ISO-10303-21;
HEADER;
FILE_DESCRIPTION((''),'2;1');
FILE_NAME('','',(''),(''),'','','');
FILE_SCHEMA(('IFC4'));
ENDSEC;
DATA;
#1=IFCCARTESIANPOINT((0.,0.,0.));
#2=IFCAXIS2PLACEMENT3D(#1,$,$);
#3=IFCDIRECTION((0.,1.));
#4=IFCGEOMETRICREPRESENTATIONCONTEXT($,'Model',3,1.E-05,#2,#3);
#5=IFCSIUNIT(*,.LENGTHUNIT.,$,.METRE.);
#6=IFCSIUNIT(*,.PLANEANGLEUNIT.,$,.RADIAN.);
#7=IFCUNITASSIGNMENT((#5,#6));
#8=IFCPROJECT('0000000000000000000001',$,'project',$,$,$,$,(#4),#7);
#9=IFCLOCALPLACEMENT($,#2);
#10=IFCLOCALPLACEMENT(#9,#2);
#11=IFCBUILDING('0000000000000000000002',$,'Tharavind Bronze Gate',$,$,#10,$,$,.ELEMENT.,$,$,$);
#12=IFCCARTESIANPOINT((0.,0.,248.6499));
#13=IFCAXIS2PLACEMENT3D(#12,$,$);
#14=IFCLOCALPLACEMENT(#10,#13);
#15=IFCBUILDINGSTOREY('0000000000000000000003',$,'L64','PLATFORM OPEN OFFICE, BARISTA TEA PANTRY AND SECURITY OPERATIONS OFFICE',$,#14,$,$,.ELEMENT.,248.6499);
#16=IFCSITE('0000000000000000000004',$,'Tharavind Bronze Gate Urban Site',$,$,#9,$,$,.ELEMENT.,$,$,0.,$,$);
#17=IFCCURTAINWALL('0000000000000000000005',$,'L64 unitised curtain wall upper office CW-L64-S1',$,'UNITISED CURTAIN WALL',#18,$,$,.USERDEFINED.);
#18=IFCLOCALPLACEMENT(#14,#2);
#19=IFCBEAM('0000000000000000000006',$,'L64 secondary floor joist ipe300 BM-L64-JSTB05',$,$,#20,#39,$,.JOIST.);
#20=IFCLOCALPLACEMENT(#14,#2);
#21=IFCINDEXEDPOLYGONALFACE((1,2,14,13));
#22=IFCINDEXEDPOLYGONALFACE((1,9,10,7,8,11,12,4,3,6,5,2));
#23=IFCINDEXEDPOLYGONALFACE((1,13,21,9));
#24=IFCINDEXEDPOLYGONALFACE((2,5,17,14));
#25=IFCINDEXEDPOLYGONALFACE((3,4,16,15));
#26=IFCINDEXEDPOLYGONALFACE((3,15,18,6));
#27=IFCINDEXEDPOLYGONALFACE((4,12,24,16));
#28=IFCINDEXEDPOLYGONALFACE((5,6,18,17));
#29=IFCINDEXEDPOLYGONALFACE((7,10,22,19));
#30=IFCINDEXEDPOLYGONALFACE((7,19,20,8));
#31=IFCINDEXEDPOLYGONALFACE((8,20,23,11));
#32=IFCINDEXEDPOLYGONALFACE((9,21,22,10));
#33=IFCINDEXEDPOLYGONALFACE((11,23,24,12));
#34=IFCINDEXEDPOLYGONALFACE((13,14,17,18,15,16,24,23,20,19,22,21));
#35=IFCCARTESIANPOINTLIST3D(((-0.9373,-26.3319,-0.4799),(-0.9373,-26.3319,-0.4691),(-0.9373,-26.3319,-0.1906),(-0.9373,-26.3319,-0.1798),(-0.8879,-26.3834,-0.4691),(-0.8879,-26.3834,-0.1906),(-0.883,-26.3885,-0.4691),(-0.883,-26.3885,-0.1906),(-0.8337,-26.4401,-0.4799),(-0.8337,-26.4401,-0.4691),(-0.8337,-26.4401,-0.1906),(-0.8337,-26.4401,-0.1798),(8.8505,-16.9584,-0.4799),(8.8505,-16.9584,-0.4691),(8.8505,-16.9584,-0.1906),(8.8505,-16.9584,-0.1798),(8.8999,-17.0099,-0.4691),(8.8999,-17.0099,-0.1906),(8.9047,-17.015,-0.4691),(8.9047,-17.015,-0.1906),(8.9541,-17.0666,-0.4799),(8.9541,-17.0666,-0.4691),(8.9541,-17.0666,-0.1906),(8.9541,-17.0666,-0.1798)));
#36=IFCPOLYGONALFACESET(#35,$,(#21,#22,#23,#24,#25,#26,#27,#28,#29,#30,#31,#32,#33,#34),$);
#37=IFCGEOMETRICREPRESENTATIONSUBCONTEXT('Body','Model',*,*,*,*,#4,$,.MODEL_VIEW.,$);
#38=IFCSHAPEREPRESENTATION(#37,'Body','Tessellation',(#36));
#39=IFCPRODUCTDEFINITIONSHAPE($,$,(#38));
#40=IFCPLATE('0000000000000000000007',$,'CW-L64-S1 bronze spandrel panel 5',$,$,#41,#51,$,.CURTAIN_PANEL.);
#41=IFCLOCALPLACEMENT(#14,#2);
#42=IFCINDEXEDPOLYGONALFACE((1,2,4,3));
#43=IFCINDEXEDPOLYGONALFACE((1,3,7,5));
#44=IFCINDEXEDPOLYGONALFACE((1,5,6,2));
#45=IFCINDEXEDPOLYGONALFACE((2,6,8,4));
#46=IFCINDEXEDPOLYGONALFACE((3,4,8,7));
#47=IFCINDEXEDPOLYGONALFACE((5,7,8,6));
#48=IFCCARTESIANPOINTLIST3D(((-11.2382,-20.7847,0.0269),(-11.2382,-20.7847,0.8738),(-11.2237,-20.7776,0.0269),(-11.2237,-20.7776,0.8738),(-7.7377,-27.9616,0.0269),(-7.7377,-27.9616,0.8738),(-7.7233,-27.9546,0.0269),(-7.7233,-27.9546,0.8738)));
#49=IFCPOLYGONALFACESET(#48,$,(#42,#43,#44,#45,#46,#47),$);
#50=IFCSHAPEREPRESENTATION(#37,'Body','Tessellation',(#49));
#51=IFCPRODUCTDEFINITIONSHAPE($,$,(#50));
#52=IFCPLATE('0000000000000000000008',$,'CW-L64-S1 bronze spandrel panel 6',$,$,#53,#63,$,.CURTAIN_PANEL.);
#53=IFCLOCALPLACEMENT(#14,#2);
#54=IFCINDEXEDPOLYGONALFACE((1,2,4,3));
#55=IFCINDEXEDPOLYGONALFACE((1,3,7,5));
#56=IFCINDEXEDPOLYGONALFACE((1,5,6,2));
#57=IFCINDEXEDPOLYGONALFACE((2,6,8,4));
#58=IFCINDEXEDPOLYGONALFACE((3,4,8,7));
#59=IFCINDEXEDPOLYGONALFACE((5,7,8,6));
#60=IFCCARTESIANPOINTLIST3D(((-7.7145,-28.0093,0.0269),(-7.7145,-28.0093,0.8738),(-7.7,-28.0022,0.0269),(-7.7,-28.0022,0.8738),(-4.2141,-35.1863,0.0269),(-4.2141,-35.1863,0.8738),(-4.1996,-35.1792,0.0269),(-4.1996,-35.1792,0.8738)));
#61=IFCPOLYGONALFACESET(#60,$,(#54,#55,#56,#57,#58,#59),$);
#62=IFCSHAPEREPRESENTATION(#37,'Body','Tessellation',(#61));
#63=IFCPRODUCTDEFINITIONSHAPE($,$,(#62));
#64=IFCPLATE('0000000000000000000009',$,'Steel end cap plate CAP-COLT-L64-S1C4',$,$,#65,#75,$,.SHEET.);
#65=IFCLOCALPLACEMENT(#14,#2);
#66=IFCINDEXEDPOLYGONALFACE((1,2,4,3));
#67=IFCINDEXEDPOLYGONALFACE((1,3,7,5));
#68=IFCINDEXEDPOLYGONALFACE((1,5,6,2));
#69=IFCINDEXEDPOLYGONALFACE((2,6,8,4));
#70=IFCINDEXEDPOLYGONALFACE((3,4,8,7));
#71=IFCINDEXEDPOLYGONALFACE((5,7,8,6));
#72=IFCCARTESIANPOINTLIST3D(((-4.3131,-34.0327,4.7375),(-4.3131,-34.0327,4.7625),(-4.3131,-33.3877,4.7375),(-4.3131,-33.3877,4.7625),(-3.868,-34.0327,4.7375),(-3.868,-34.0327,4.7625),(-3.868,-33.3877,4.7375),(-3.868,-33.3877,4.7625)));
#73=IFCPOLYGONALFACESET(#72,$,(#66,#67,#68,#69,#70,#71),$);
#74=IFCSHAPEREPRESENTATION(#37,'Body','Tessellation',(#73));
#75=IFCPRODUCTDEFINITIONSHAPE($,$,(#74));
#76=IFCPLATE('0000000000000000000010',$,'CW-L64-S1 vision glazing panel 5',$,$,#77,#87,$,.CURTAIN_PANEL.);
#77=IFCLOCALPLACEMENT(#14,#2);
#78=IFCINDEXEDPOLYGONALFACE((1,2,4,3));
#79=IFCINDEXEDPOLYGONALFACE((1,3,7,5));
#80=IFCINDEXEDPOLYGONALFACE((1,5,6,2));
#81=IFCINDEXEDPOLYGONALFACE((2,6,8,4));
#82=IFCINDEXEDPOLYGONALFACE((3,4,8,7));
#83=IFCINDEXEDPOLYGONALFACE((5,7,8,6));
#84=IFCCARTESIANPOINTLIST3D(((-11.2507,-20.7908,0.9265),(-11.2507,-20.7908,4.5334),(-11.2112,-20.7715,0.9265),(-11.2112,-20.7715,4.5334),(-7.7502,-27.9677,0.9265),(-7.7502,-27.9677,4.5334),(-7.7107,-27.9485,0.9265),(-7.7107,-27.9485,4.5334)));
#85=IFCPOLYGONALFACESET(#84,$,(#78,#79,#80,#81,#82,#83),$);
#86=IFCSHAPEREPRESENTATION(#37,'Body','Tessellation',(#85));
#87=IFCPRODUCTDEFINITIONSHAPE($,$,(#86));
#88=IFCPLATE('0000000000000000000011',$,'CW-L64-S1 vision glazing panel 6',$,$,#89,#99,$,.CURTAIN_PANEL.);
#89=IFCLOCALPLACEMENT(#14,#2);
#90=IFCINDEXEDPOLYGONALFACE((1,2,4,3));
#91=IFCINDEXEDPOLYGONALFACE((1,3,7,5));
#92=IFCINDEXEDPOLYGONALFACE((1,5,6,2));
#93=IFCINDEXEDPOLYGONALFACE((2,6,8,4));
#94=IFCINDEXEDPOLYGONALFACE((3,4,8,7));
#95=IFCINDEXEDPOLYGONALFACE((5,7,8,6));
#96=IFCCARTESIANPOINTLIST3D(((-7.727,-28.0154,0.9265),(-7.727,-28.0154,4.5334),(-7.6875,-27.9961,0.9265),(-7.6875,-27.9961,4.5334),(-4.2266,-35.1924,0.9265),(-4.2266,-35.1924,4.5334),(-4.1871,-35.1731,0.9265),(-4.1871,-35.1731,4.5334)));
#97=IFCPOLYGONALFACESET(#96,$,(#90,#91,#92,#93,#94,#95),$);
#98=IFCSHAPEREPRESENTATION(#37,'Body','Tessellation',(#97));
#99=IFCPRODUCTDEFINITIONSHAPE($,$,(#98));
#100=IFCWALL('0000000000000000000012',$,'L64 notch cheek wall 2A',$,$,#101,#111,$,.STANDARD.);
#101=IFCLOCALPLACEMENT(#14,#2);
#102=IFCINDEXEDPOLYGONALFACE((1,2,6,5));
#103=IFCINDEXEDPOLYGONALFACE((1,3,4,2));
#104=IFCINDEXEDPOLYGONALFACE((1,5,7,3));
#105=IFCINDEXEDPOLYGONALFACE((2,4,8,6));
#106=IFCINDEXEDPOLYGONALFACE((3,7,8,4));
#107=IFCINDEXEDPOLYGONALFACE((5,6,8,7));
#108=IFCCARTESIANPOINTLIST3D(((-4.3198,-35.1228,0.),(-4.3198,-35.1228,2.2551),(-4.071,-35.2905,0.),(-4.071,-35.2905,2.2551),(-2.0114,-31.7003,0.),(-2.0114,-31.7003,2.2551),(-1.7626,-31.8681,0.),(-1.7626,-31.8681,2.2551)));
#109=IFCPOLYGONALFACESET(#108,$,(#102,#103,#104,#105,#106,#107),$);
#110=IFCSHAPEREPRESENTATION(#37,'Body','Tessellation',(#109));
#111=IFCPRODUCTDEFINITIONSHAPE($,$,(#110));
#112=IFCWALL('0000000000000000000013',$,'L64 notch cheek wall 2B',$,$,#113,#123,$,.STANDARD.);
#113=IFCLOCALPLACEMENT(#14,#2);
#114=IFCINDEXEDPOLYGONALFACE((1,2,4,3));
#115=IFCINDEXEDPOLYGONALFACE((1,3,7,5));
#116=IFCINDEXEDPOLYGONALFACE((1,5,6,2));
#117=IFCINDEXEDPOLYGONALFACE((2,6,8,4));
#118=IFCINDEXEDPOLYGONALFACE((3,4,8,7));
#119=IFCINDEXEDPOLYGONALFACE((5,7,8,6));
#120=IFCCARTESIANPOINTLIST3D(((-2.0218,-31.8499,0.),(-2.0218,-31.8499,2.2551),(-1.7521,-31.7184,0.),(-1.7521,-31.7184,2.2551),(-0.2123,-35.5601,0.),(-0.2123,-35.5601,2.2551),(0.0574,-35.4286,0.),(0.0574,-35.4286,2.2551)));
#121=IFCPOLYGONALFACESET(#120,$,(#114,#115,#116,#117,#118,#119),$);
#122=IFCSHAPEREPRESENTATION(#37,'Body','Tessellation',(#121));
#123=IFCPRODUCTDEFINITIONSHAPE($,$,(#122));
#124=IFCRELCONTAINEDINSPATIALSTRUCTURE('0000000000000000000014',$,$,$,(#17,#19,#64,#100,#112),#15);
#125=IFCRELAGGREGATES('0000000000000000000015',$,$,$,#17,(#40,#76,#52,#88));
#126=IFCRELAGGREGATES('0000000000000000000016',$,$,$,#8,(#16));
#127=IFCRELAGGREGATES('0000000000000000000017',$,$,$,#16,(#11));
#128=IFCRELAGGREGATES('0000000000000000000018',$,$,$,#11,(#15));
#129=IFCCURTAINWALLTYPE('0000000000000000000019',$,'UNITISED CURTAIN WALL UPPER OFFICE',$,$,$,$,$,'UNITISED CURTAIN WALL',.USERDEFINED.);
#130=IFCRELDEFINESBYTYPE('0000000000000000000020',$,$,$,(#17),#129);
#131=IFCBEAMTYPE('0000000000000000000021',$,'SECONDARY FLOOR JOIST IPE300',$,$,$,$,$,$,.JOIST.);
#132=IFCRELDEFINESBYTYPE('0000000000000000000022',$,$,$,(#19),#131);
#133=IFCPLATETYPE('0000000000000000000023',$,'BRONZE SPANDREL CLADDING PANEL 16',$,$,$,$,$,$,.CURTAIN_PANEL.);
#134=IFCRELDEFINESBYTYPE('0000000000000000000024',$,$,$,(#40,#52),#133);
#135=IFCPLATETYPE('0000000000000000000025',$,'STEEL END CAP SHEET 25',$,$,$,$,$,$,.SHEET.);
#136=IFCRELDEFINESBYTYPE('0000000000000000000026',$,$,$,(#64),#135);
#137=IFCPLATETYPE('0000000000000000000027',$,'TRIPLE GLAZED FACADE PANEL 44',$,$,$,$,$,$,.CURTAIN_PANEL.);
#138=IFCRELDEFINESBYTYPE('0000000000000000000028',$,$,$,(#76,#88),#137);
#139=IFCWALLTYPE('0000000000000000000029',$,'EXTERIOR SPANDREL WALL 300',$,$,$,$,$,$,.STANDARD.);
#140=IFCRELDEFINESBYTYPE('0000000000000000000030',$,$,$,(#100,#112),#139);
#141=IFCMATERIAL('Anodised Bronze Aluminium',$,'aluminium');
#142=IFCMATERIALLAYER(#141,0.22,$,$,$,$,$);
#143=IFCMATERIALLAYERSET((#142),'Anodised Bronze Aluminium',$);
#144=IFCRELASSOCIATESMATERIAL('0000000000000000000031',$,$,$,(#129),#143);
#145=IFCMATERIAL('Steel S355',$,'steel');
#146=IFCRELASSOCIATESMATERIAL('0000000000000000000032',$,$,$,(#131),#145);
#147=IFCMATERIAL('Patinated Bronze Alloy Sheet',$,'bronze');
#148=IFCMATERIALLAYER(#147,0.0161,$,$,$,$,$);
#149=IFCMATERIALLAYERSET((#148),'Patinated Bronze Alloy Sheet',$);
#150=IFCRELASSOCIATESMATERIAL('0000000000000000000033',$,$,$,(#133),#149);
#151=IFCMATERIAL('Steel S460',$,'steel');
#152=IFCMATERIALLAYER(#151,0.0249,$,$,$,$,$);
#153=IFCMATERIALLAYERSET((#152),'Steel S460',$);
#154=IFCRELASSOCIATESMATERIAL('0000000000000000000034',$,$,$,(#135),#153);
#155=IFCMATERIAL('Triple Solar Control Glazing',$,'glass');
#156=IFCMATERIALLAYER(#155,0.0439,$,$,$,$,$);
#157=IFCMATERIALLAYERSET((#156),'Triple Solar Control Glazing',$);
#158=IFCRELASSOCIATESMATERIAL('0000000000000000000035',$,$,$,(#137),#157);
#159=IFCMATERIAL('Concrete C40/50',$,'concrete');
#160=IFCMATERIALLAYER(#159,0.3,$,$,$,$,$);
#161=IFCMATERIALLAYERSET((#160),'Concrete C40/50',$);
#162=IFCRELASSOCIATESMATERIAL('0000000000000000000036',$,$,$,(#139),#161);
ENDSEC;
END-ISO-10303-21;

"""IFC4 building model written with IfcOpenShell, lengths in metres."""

from ifc_helpers import new_model, si_unit, direction, frame, frame_2d, origin, origin_2d, place, context, subcontext, project, spatial, rectangle, i_section, extrude, material, layer, layer_set, material_profile, profile_set, type_object, element, aggregate, save


model = new_model("IFC4")

# Units and contexts
model_context = context("Model", 3, precision=1e-05, world=origin(), true_north=direction((0.0, 1.0)))
body_context = subcontext(model_context, "Body", "Model", "MODEL_VIEW")
ifc_project = project(units=[si_unit("LENGTHUNIT", "METRE"), si_unit("PLANEANGLEUNIT", "RADIAN")], contexts=[model_context])

# Site, building, storey
site_placement = place(None, origin())
site = spatial("IfcSite", under=ifc_project, at=site_placement, Name="Tharavind Bronze Gate Urban Site", CompositionType="ELEMENT", RefElevation=0.0)
building_placement = place(site_placement, origin())
building = spatial("IfcBuilding", under=site, at=building_placement, Name="Tharavind Bronze Gate", CompositionType="ELEMENT")
storey_placement = place(building_placement, frame((0.0, 0.0, 248.6499)))
storey = spatial("IfcBuildingStorey", under=building, at=storey_placement, Name="L64", Description="PLATFORM OPEN OFFICE, BARISTA TEA PANTRY AND SECURITY OPERATIONS OFFICE", CompositionType="ELEMENT", Elevation=248.6499)

# Shared definitions
ifc_material_1 = material(Name="Steel S460", Category="steel")

# Curtain wall
ifc_material_2 = material(Name="Anodised Bronze Aluminium", Category="aluminium")
ifc_layer_1 = layer(ifc_material_2, 0.22)
ifc_layer_set_1 = layer_set([ifc_layer_1], Name="Anodised Bronze Aluminium")
curtain_wall_type = type_object("IfcCurtainWallType", Name="UNITISED CURTAIN WALL UPPER OFFICE", ElementType="UNITISED CURTAIN WALL", PredefinedType="USERDEFINED", material=ifc_layer_set_1)
curtain_wall_1_placement = place(storey_placement, origin())
curtain_wall_1 = element("IfcCurtainWall", 1, at=curtain_wall_1_placement, inside=storey, type_object=curtain_wall_type, Name="L64 unitised curtain wall upper office CW-L64-S1", ObjectType="UNITISED CURTAIN WALL", PredefinedType="USERDEFINED")

# Beam
ifc_material_3 = material(Name="Steel S355", Category="steel")
ifc_material_profile_1 = material_profile(ifc_material_3, i_section(OverallWidth=0.1499, OverallDepth=0.3, WebThickness=0.0071, FlangeThickness=0.0107, at=origin_2d()), Name="IPE300")
ifc_profile_set_1 = profile_set([ifc_material_profile_1], Name="Steel S355")
beam_type_1 = type_object("IfcBeamType", Name="SECONDARY FLOOR JOIST IPE300", PredefinedType="JOIST", material=ifc_profile_set_1)
beam_1_placement = place(storey_placement, frame((-0.8855, -26.386, -0.3298), z_axis=(0.722227, 0.691656, 0.0), x_axis=(-0.691656, 0.722227, 0.0)))
element("IfcBeam", 2, at=beam_1_placement, inside=storey, type_object=beam_type_1, Name="L64 secondary floor joist ipe300 BM-L64-JSTB05", PredefinedType="JOIST", context=body_context, shape_type="SweptSolid", body=[
    extrude(i_section(OverallWidth=0.1499, OverallDepth=0.3, WebThickness=0.0071, FlangeThickness=0.0107, at=origin_2d()), origin(), (0.0, 0.0, 1.0), 13.5522),
])

# Plates
ifc_material_4 = material(Name="Patinated Bronze Alloy Sheet", Category="bronze")
ifc_layer_2 = layer(ifc_material_4, 0.0161)
ifc_layer_set_2 = layer_set([ifc_layer_2], Name="Patinated Bronze Alloy Sheet")
plate_type_1 = type_object("IfcPlateType", Name="BRONZE SPANDREL CLADDING PANEL 16", PredefinedType="CURTAIN_PANEL", material=ifc_layer_set_2)
plate_1_placement = place(storey_placement, frame((-9.4807, -24.3696, 0.0269), z_axis=(0.0, 0.0, 1.0), x_axis=(0.438371, -0.898794, 0.0)))
plate_1 = element("IfcPlate", 3, at=plate_1_placement, type_object=plate_type_1, Name="CW-L64-S1 bronze spandrel panel 5", PredefinedType="CURTAIN_PANEL", context=body_context, shape_type="SweptSolid", body=[
    extrude(rectangle(XDim=7.9851, YDim=0.0161, at=origin_2d()), origin(), (0.0, 0.0, 1.0), 0.8469),
])
plate_2_placement = place(storey_placement, frame((-5.957, -31.5942, 0.0269), z_axis=(0.0, 0.0, 1.0), x_axis=(0.438371, -0.898794, 0.0)))
plate_2 = element("IfcPlate", 4, at=plate_2_placement, type_object=plate_type_1, Name="CW-L64-S1 bronze spandrel panel 6", PredefinedType="CURTAIN_PANEL", context=body_context, shape_type="SweptSolid", body=[
    extrude(rectangle(XDim=7.9851, YDim=0.0161, at=origin_2d()), origin(), (0.0, 0.0, 1.0), 0.8469),
])
ifc_layer_3 = layer(ifc_material_1, 0.0249)
ifc_layer_set_3 = layer_set([ifc_layer_3], Name="Steel S460")
plate_type_2 = type_object("IfcPlateType", Name="STEEL END CAP SHEET 25", PredefinedType="SHEET", material=ifc_layer_set_3)
plate_3_placement = place(storey_placement, frame((-4.0906, -33.7102, 4.7375), z_axis=(0.0, 0.0, 1.0), x_axis=(1.0, 0.0, 0.0)))
element("IfcPlate", 5, at=plate_3_placement, inside=storey, type_object=plate_type_2, Name="Steel end cap plate CAP-COLT-L64-S1C4", PredefinedType="SHEET", context=body_context, shape_type="SweptSolid", body=[
    extrude(rectangle(XDim=0.4451, YDim=0.645, at=origin_2d()), origin(), (0.0, 0.0, 1.0), 0.0249),
])
ifc_material_5 = material(Name="Triple Solar Control Glazing", Category="glass")
ifc_layer_4 = layer(ifc_material_5, 0.0439)
ifc_layer_set_4 = layer_set([ifc_layer_4], Name="Triple Solar Control Glazing")
plate_type_3 = type_object("IfcPlateType", Name="TRIPLE GLAZED FACADE PANEL 44", PredefinedType="CURTAIN_PANEL", material=ifc_layer_set_4)
plate_4_placement = place(storey_placement, frame((-9.4807, -24.3696, 0.9265), z_axis=(0.0, 0.0, 1.0), x_axis=(0.438371, -0.898794, 0.0)))
plate_4 = element("IfcPlate", 6, at=plate_4_placement, type_object=plate_type_3, Name="CW-L64-S1 vision glazing panel 5", PredefinedType="CURTAIN_PANEL", context=body_context, shape_type="SweptSolid", body=[
    extrude(rectangle(XDim=7.9851, YDim=0.0439, at=origin_2d()), origin(), (0.0, 0.0, 1.0), 3.6069),
])
plate_5_placement = place(storey_placement, frame((-5.957, -31.5942, 0.9265), z_axis=(0.0, 0.0, 1.0), x_axis=(0.438371, -0.898794, 0.0)))
plate_5 = element("IfcPlate", 7, at=plate_5_placement, type_object=plate_type_3, Name="CW-L64-S1 vision glazing panel 6", PredefinedType="CURTAIN_PANEL", context=body_context, shape_type="SweptSolid", body=[
    extrude(rectangle(XDim=7.9851, YDim=0.0439, at=origin_2d()), origin(), (0.0, 0.0, 1.0), 3.6069),
])
aggregate(curtain_wall_1, [plate_1, plate_4, plate_2, plate_5])

# Walls
ifc_material_6 = material(Name="Concrete C40/50", Category="concrete")
ifc_layer_5 = layer(ifc_material_6, 0.3)
ifc_layer_set_5 = layer_set([ifc_layer_5], Name="Concrete C40/50")
wall_type = type_object("IfcWallType", Name="EXTERIOR SPANDREL WALL 300", PredefinedType="STANDARD", material=ifc_layer_set_5)
wall_1_placement = place(storey_placement, frame((-4.1953, -35.2065, 0.0), z_axis=(0.0, 0.0, 1.0), x_axis=(0.559182, 0.829045, 0.0)))
element("IfcWall", 8, at=wall_1_placement, inside=storey, type_object=wall_type, Name="L64 notch cheek wall 2A", PredefinedType="STANDARD", context=body_context, shape_type="SweptSolid", body=[
    extrude(rectangle(XDim=4.1282, YDim=0.3, at=frame_2d((2.064, 0.0))), origin(), (0.0, 0.0, 1.0), 2.2551),
])
wall_2_placement = place(storey_placement, frame((-1.887, -31.7842, 0.0), z_axis=(0.0, 0.0, 1.0), x_axis=(0.438368, -0.898796, 0.0)))
element("IfcWall", 9, at=wall_2_placement, inside=storey, type_object=wall_type, Name="L64 notch cheek wall 2B", PredefinedType="STANDARD", context=body_context, shape_type="SweptSolid", body=[
    extrude(rectangle(XDim=4.1279, YDim=0.3, at=frame_2d((2.064, 0.0))), origin(), (0.0, 0.0, 1.0), 2.2551),
])

save(model, "model.ifc")
